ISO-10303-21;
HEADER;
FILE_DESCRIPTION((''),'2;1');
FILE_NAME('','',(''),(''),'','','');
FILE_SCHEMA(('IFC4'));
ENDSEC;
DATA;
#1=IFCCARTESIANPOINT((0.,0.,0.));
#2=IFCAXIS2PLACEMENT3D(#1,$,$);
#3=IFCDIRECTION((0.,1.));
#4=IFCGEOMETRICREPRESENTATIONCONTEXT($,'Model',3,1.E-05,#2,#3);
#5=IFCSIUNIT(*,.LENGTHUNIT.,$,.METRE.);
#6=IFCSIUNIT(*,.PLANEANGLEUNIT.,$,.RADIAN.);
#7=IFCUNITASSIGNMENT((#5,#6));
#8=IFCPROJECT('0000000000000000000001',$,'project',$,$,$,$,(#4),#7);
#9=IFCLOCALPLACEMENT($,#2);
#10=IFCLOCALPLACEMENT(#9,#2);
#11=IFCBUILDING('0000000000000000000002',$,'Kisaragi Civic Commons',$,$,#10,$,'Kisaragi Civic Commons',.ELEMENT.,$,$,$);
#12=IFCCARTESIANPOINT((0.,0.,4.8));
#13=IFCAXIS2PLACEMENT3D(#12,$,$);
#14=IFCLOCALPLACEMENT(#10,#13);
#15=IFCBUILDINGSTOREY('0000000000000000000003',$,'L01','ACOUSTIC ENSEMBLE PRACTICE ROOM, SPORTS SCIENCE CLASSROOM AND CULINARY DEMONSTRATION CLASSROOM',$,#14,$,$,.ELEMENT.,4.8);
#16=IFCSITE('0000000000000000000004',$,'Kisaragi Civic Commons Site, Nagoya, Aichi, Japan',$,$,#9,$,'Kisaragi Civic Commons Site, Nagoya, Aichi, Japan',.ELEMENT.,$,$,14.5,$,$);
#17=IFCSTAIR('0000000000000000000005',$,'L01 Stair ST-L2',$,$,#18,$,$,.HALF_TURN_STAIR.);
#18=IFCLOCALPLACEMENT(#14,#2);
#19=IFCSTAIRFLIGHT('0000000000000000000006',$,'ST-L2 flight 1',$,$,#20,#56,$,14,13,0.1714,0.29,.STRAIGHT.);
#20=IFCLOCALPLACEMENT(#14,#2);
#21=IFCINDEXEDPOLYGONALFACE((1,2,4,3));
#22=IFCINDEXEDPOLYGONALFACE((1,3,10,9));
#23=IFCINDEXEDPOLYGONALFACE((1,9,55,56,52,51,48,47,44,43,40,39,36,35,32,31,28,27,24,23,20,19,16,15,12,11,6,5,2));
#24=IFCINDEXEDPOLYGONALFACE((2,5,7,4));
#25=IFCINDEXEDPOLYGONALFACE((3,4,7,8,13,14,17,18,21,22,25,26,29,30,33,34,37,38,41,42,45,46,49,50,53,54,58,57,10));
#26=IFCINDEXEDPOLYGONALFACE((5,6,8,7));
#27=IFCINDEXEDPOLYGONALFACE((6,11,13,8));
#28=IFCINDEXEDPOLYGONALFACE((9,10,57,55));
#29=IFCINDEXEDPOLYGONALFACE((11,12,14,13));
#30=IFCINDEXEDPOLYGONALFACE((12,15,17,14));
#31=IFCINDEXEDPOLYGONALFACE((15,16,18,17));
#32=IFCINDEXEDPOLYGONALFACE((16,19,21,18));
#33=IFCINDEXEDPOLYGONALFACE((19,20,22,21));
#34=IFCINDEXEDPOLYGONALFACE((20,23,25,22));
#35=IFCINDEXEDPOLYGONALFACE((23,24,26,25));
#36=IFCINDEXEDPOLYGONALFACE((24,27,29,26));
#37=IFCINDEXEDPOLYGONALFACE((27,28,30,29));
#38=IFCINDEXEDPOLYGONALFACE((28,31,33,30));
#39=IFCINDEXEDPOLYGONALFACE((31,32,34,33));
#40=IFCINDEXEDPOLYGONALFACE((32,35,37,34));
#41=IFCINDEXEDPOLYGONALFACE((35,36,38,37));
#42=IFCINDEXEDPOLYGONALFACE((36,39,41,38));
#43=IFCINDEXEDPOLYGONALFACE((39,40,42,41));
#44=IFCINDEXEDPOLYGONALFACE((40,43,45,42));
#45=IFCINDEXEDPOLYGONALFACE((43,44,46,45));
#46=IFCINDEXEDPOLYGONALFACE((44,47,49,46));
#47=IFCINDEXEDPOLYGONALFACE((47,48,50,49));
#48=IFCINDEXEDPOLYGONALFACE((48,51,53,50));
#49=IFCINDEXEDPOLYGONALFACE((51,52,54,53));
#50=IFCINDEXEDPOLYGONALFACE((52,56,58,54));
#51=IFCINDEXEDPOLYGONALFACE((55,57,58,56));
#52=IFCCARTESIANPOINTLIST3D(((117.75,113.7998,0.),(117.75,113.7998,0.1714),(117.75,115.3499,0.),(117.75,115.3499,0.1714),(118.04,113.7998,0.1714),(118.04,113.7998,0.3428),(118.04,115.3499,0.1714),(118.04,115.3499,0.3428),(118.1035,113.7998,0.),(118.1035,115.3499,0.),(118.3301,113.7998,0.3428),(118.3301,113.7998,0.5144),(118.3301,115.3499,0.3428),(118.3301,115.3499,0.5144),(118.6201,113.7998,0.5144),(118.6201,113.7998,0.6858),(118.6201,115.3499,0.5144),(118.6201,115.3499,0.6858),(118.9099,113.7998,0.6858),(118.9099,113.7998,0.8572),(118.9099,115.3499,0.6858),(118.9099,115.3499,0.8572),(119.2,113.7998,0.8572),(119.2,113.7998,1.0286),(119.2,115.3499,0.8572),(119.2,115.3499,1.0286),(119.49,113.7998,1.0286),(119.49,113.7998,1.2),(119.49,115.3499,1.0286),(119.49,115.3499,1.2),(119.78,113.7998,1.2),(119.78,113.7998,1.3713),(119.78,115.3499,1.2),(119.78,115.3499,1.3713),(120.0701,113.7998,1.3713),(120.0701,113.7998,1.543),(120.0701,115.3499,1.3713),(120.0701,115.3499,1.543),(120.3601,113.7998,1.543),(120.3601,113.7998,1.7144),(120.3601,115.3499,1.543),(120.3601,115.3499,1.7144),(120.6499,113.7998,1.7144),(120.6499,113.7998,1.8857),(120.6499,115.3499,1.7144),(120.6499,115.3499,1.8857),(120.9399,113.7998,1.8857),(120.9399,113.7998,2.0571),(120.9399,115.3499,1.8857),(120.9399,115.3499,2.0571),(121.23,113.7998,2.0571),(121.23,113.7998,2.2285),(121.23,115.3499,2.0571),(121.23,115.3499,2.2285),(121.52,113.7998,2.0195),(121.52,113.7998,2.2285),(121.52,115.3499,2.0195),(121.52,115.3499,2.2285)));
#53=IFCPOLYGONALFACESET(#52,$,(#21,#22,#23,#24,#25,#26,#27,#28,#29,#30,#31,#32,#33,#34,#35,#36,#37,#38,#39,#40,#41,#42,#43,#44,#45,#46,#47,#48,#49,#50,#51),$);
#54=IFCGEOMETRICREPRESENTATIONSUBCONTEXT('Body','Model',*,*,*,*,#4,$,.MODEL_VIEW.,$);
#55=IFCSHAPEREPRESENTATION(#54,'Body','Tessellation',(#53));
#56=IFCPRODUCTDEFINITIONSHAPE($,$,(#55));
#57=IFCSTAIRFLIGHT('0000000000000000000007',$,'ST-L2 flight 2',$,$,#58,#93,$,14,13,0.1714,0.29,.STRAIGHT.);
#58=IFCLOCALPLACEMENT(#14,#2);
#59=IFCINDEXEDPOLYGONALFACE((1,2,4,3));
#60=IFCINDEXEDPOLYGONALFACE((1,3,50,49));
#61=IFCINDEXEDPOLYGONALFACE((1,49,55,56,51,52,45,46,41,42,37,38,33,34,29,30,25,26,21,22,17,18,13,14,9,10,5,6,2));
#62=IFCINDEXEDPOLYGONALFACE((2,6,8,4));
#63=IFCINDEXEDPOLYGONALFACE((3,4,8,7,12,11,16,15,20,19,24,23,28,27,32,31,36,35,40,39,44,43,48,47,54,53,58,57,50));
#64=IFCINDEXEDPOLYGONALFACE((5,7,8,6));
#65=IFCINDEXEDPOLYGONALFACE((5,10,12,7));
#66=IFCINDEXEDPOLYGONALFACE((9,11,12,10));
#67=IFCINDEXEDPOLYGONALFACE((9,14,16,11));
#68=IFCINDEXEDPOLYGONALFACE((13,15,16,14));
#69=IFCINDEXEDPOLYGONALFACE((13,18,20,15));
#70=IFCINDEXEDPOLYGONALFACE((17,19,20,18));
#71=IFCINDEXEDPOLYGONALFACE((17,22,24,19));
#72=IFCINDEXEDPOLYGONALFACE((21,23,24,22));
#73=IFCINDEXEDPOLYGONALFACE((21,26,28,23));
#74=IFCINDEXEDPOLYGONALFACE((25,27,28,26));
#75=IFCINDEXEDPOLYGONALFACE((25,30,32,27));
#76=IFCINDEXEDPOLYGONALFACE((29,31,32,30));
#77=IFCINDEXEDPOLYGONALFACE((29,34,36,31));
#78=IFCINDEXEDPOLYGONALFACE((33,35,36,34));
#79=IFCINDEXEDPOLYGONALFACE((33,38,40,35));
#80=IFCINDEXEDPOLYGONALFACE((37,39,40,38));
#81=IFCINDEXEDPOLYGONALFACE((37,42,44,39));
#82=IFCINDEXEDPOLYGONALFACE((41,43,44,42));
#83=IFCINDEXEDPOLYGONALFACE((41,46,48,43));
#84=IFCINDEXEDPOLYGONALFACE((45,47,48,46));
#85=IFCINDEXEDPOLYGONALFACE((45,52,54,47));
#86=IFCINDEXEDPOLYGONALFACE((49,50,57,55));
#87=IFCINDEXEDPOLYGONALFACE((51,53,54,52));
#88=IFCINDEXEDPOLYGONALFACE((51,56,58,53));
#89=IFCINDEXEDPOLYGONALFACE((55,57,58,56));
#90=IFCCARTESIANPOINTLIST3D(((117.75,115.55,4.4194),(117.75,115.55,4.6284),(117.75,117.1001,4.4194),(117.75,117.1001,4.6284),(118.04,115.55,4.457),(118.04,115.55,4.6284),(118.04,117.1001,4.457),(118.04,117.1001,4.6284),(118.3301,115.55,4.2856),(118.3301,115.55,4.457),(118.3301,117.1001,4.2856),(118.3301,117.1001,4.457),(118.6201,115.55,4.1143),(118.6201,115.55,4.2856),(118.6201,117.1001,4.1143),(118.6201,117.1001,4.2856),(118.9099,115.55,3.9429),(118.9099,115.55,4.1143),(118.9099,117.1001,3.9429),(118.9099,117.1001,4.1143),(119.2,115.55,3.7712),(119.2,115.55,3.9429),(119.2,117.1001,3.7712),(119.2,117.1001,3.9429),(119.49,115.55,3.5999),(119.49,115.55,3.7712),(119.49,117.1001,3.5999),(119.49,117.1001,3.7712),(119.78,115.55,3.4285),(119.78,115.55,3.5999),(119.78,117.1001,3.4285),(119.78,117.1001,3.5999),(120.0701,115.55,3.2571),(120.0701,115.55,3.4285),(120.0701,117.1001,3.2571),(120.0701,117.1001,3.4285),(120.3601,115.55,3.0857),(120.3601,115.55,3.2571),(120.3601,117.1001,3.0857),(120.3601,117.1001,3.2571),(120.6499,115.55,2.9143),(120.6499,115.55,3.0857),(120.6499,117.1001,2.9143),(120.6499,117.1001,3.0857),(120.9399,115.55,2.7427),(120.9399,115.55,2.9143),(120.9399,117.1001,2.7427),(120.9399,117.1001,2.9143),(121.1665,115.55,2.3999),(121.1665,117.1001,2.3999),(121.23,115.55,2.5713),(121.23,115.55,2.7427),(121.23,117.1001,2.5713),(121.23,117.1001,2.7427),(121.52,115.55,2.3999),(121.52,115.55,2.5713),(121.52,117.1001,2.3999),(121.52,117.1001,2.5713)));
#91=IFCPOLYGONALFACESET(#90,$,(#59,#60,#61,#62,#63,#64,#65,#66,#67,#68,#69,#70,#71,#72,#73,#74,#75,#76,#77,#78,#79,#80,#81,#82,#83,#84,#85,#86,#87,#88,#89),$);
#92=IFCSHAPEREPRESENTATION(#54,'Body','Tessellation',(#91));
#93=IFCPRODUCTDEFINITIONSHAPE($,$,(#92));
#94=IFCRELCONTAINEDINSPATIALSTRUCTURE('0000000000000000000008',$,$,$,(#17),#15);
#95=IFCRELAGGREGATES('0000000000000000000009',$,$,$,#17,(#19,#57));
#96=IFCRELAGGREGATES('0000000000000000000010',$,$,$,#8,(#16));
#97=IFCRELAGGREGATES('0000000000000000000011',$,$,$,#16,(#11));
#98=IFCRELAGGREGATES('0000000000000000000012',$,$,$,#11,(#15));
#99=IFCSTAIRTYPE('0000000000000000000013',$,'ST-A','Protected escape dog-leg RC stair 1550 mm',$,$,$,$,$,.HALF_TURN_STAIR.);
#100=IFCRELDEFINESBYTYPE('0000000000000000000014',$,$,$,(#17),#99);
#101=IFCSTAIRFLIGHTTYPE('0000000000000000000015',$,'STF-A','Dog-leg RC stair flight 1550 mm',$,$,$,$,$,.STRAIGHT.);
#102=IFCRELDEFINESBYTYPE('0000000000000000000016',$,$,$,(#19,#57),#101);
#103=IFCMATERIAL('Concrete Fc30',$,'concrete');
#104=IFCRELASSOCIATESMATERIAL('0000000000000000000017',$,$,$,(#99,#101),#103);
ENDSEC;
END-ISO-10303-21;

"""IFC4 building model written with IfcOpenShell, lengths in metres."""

from ifc_helpers import new_model, si_unit, direction, frame, origin, place, context, subcontext, project, spatial, polyline, outline, extrude, material, type_object, element, aggregate, save


model = new_model("IFC4")

# Units and contexts
model_context = context("Model", 3, precision=1e-05, world=origin(), true_north=direction((0.0, 1.0)))
body_context = subcontext(model_context, "Body", "Model", "MODEL_VIEW")
ifc_project = project(units=[si_unit("LENGTHUNIT", "METRE"), si_unit("PLANEANGLEUNIT", "RADIAN")], contexts=[model_context])

# Site, building, storey
site_placement = place(None, origin())
site = spatial("IfcSite", under=ifc_project, at=site_placement, Name="Kisaragi Civic Commons Site, Nagoya, Aichi, Japan", LongName="Kisaragi Civic Commons Site, Nagoya, Aichi, Japan", CompositionType="ELEMENT", RefElevation=14.5)
building_placement = place(site_placement, origin())
building = spatial("IfcBuilding", under=site, at=building_placement, Name="Kisaragi Civic Commons", LongName="Kisaragi Civic Commons", CompositionType="ELEMENT")
storey_placement = place(building_placement, frame((0.0, 0.0, 4.8)))
storey = spatial("IfcBuildingStorey", under=building, at=storey_placement, Name="L01", Description="ACOUSTIC ENSEMBLE PRACTICE ROOM, SPORTS SCIENCE CLASSROOM AND CULINARY DEMONSTRATION CLASSROOM", CompositionType="ELEMENT", Elevation=4.8)

# Shared definitions
ifc_material_1 = material(Name="Concrete Fc30", Category="concrete")

# Stair, stair flights
stair_type = type_object("IfcStairType", Name="ST-A", Description="Protected escape dog-leg RC stair 1550 mm", PredefinedType="HALF_TURN_STAIR", material=ifc_material_1)
stair_placement = place(storey_placement, origin())
stair = element("IfcStair", 1, at=stair_placement, inside=storey, type_object=stair_type, Name="L01 Stair ST-L2", PredefinedType="HALF_TURN_STAIR")
stair_flight_type = type_object("IfcStairFlightType", Name="STF-A", Description="Dog-leg RC stair flight 1550 mm", PredefinedType="STRAIGHT", material=ifc_material_1)
stair_flight_1_placement = place(storey_placement, frame((117.75, 114.575, 0.0), z_axis=(0.0, 0.0, 1.0), x_axis=(1.0, 0.0, 0.0)))
stair_flight_1 = element("IfcStairFlight", 2, at=stair_flight_1_placement, type_object=stair_flight_type, Name="ST-L2 flight 1", NumberOfRisers=14, NumberOfTreads=13, PredefinedType="STRAIGHT", RiserHeight=0.1714, TreadLength=0.29, context=body_context, shape_type="SweptSolid", body=[
    extrude(outline(polyline([(0.0, 0.0), (0.0, 0.1714), (0.29, 0.1714), (0.29, 0.3428), (0.5801, 0.3428), (0.5801, 0.5144), (0.8701, 0.5144), (0.8701, 0.6858), (1.1599, 0.6858), (1.1599, 0.8572), (1.45, 0.8572), (1.45, 1.0286), (1.74, 1.0286), (1.74, 1.2), (2.03, 1.2), (2.03, 1.3713), (2.3201, 1.3713), (2.3201, 1.543), (2.6101, 1.543), (2.6101, 1.7144), (2.8999, 1.7144), (2.8999, 1.8857), (3.1899, 1.8857), (3.1899, 2.0571), (3.48, 2.0571), (3.48, 2.2285), (3.77, 2.2285), (3.77, 2.3999), (3.77, 2.0195), (0.3535, 0.0), (0.0, 0.0)])), frame((0.0, 0.7749, 0.0), z_axis=(0.0, -1.0, 0.0), x_axis=(1.0, 0.0, 0.0)), (0.0, 0.0, 1.0), 1.55),
])
stair_flight_2_placement = place(storey_placement, frame((121.52, 116.325, 2.3999), z_axis=(0.0, 0.0, 1.0), x_axis=(-1.0, 0.0, 0.0)))
stair_flight_2 = element("IfcStairFlight", 3, at=stair_flight_2_placement, type_object=stair_flight_type, Name="ST-L2 flight 2", NumberOfRisers=14, NumberOfTreads=13, PredefinedType="STRAIGHT", RiserHeight=0.1714, TreadLength=0.29, context=body_context, shape_type="SweptSolid", body=[
    extrude(outline(polyline([(0.0, 0.0), (0.0, 0.1714), (0.29, 0.1714), (0.29, 0.3428), (0.5801, 0.3428), (0.5801, 0.5144), (0.8701, 0.5144), (0.8701, 0.6858), (1.1599, 0.6858), (1.1599, 0.8572), (1.45, 0.8572), (1.45, 1.0286), (1.74, 1.0286), (1.74, 1.2), (2.03, 1.2), (2.03, 1.3713), (2.3201, 1.3713), (2.3201, 1.543), (2.6101, 1.543), (2.6101, 1.7144), (2.8999, 1.7144), (2.8999, 1.8857), (3.1899, 1.8857), (3.1899, 2.0571), (3.48, 2.0571), (3.48, 2.2285), (3.77, 2.2285), (3.77, 2.3999), (3.77, 2.0195), (0.3535, 0.0), (0.0, 0.0)])), frame((0.0, 0.7749, 0.0), z_axis=(0.0, -1.0, 0.0), x_axis=(1.0, 0.0, 0.0)), (0.0, 0.0, 1.0), 1.55),
])
aggregate(stair, [stair_flight_1, stair_flight_2])

save(model, "model.ifc")
